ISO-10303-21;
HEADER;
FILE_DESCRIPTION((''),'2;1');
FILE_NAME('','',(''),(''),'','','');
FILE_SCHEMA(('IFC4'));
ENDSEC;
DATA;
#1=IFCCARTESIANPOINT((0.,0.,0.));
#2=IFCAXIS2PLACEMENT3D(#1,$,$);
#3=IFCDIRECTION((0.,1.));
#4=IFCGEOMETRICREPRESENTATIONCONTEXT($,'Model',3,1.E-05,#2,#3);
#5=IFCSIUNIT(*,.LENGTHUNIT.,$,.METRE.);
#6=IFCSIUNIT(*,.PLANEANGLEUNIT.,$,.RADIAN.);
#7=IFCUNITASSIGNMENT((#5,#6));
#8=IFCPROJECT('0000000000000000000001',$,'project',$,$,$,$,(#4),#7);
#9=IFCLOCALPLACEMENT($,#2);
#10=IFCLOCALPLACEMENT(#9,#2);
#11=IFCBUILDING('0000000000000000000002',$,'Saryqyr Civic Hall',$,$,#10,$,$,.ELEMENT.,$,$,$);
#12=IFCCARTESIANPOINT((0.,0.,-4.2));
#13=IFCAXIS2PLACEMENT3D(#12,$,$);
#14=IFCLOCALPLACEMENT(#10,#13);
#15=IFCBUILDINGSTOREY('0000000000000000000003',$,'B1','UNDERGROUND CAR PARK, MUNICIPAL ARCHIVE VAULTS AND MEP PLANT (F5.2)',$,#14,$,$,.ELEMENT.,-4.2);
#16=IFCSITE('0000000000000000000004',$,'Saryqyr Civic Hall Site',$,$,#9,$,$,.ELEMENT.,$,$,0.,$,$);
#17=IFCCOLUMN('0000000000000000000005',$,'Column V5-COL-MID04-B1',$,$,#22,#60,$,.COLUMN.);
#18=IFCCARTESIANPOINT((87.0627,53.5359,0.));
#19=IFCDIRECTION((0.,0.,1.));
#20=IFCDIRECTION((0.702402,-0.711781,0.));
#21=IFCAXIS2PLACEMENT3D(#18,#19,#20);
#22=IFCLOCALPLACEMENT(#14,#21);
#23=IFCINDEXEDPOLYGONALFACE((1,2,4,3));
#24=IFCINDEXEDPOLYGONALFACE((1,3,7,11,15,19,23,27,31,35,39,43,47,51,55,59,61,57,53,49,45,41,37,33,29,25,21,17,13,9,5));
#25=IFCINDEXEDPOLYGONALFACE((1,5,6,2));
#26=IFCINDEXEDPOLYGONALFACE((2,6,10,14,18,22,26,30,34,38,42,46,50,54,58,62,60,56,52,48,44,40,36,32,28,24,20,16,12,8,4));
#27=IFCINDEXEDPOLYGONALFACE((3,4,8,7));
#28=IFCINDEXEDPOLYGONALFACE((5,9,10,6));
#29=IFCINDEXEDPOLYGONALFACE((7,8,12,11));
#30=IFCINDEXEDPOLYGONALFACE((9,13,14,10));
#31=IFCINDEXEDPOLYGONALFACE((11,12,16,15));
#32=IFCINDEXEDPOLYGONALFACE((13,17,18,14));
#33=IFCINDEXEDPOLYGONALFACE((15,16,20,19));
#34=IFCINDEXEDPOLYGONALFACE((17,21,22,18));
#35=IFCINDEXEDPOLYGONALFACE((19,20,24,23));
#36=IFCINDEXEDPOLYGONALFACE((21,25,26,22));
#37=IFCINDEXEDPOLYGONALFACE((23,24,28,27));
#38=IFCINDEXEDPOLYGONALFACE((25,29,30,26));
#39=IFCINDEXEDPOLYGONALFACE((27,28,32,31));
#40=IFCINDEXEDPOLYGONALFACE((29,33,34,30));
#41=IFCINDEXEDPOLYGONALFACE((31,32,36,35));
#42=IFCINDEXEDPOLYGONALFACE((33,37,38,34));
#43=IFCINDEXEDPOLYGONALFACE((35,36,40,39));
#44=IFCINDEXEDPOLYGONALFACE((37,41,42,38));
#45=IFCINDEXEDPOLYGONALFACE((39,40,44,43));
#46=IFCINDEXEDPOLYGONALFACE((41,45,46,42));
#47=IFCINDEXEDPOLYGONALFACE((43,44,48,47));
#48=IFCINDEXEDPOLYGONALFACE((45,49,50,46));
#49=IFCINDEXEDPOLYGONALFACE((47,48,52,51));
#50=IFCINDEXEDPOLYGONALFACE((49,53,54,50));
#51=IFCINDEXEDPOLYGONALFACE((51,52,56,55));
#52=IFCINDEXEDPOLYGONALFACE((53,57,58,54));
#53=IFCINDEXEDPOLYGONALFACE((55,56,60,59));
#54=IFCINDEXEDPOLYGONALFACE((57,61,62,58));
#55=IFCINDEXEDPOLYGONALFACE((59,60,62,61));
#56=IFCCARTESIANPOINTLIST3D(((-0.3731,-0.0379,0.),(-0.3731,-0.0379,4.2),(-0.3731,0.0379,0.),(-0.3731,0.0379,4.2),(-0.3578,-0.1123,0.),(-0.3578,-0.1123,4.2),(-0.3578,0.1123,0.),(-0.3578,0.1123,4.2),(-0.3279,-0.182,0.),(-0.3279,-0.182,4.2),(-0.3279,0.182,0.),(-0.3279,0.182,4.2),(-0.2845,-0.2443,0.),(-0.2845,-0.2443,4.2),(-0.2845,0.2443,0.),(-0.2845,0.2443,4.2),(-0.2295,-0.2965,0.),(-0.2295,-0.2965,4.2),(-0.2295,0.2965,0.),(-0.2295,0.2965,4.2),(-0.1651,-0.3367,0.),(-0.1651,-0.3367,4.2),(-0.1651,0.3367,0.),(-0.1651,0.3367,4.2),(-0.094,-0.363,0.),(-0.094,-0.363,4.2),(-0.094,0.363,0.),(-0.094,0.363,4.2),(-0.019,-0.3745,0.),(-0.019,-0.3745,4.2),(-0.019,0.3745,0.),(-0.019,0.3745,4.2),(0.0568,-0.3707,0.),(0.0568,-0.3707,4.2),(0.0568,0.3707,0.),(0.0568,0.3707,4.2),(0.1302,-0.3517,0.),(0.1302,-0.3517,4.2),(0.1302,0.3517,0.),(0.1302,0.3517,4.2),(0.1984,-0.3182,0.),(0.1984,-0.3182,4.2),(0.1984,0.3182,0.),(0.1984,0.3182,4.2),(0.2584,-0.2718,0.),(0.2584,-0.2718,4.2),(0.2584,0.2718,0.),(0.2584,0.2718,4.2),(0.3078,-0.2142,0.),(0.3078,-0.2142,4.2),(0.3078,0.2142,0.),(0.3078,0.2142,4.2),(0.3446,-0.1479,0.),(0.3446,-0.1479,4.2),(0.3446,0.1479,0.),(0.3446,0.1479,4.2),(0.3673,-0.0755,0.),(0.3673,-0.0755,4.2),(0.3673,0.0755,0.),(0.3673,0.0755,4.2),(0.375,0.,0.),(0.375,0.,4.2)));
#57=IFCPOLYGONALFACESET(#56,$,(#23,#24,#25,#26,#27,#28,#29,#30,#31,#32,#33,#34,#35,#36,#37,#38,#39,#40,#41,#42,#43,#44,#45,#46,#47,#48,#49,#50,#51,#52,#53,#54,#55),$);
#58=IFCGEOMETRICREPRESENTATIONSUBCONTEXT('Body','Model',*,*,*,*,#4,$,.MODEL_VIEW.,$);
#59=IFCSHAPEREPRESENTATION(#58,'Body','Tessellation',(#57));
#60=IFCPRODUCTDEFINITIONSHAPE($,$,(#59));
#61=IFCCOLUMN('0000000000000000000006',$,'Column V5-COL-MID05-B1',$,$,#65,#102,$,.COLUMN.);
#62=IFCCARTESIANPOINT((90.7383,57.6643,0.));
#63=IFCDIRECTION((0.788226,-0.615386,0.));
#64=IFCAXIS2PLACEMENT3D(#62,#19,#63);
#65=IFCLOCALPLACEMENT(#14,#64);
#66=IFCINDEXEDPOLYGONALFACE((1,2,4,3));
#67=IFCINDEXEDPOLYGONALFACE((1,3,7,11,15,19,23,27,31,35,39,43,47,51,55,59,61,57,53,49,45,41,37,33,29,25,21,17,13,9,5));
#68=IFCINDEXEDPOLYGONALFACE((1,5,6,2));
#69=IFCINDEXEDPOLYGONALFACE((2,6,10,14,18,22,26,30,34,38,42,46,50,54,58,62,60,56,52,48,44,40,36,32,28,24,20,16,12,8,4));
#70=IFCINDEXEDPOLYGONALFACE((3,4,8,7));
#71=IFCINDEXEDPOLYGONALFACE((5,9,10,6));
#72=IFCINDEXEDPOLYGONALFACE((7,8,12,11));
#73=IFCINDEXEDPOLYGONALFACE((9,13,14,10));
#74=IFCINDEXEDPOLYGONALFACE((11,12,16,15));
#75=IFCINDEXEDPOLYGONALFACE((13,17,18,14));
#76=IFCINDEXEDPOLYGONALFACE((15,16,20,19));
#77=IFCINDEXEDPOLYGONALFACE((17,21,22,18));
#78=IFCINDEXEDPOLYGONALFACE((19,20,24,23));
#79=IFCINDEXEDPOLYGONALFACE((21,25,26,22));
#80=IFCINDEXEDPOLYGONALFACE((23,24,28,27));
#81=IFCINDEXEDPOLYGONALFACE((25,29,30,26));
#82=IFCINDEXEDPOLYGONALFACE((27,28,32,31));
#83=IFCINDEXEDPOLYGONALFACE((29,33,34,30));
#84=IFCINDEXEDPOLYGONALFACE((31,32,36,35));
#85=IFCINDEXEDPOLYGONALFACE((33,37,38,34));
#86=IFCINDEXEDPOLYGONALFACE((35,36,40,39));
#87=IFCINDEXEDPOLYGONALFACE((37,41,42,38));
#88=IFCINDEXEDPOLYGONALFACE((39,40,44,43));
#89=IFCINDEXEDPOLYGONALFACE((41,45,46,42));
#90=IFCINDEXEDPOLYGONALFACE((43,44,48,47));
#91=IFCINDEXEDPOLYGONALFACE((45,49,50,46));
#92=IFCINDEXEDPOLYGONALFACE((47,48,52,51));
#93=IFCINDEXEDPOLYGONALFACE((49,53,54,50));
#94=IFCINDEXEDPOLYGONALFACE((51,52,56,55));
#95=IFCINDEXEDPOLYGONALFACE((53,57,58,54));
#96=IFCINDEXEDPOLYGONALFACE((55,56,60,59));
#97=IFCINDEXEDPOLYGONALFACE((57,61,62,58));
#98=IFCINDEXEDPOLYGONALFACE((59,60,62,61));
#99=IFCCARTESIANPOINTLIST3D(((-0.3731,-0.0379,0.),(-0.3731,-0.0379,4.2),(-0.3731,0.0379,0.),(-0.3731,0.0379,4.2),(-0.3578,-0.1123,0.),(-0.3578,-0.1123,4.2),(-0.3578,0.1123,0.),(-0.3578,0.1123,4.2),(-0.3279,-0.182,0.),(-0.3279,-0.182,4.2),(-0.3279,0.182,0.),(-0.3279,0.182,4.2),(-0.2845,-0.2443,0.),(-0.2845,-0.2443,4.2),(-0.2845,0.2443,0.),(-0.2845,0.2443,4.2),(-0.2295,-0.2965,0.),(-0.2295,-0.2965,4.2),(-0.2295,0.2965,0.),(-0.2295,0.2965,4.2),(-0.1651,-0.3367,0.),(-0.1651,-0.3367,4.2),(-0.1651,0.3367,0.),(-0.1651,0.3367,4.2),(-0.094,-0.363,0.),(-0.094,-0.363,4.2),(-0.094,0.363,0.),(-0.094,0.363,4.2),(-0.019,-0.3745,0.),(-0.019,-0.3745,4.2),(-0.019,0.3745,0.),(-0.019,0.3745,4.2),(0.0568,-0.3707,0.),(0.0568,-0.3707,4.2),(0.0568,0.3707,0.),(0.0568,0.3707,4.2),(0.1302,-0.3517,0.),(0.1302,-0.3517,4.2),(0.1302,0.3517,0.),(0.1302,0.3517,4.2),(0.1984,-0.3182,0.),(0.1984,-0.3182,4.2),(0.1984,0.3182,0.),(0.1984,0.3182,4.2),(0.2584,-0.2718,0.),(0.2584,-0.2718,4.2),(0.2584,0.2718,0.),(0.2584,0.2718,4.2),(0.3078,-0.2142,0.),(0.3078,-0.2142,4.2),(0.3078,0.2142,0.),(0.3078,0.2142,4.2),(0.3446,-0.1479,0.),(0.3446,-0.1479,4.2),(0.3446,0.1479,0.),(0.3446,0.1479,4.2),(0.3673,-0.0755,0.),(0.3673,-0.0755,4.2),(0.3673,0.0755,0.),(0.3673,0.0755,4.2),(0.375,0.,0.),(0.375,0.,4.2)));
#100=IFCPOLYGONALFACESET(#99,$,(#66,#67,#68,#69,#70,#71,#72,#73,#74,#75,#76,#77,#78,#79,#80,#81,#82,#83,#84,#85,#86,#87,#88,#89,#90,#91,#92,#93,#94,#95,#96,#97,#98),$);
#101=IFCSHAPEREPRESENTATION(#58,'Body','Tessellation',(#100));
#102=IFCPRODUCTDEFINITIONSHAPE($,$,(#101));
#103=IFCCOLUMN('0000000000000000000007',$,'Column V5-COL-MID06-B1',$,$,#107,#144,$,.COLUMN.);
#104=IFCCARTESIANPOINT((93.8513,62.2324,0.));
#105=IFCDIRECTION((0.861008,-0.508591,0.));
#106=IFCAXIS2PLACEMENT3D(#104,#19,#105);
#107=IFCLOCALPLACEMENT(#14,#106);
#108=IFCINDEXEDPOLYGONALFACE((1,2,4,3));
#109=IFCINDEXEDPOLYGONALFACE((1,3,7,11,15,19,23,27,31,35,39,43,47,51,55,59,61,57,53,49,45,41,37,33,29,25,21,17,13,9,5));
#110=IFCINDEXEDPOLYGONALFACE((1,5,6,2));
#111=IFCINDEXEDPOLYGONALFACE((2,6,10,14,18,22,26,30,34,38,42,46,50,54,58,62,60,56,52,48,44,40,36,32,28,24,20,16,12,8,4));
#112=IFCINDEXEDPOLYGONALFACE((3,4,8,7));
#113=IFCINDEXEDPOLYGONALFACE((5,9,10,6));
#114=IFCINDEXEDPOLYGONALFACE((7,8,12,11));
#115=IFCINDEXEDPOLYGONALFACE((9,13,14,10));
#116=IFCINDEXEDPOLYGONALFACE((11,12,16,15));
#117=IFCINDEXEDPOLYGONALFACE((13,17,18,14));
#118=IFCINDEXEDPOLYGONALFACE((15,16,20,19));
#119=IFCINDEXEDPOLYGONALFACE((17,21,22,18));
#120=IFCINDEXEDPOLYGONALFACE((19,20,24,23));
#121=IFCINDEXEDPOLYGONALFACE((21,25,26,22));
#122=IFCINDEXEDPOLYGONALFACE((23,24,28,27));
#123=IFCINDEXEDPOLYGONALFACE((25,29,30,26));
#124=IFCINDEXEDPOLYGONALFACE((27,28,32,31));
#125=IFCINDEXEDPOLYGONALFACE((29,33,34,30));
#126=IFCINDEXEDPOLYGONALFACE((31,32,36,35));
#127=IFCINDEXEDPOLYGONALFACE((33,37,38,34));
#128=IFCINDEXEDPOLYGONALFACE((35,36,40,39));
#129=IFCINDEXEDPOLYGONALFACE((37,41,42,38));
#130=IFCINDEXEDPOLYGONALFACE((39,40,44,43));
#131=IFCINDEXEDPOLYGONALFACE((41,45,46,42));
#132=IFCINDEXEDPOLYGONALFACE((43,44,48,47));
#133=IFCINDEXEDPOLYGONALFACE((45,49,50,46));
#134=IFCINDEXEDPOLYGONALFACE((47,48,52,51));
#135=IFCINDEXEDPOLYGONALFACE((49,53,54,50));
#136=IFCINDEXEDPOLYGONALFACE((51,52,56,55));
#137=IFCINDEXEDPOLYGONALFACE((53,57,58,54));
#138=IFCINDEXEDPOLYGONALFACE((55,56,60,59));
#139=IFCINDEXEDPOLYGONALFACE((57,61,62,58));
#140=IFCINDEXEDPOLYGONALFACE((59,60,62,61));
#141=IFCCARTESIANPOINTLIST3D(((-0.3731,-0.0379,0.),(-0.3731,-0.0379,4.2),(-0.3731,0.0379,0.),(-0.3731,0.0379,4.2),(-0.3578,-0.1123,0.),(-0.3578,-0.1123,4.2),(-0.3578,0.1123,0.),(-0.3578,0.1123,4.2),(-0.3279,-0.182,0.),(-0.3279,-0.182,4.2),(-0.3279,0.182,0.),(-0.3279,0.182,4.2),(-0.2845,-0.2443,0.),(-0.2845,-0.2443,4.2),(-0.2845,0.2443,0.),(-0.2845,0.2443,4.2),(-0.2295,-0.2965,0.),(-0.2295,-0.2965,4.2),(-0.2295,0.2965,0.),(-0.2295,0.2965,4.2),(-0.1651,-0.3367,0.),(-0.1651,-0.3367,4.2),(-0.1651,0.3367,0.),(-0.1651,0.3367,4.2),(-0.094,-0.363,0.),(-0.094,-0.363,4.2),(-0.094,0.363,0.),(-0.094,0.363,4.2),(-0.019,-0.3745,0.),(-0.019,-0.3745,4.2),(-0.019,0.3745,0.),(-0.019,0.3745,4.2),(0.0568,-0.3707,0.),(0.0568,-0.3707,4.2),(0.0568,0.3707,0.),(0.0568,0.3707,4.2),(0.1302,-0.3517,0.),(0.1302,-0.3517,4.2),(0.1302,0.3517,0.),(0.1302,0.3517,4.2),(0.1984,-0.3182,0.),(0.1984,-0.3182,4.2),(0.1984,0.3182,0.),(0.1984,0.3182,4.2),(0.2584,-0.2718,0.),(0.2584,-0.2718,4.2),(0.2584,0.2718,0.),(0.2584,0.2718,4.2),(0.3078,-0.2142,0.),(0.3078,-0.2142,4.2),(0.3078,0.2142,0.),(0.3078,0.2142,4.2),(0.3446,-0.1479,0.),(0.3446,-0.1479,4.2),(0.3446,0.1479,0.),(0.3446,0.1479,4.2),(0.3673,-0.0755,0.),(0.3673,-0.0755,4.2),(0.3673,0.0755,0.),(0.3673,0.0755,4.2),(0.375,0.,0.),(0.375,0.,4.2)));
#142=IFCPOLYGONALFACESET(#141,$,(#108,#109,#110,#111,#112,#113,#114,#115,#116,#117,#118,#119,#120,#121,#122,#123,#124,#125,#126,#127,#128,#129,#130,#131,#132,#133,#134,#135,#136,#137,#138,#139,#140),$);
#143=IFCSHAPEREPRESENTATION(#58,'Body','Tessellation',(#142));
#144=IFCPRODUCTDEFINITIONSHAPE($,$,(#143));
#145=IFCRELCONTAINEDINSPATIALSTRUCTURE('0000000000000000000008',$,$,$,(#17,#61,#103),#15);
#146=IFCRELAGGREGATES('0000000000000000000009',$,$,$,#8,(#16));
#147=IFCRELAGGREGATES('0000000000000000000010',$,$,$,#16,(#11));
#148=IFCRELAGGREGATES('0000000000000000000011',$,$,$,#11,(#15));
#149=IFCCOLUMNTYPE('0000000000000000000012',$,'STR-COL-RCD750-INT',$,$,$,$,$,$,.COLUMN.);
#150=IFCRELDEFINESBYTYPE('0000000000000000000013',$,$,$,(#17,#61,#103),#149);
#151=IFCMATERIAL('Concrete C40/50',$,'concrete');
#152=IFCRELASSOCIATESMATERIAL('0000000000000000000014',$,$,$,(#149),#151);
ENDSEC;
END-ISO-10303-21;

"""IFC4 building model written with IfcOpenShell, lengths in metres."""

from ifc_helpers import new_model, si_unit, direction, frame, origin, origin_2d, place, context, subcontext, project, spatial, circle, extrude, material, material_profile, profile_set, type_object, element, save


model = new_model("IFC4")

# Units and contexts
model_context = context("Model", 3, precision=1e-05, world=origin(), true_north=direction((0.0, 1.0)))
body_context = subcontext(model_context, "Body", "Model", "MODEL_VIEW")
ifc_project = project(units=[si_unit("LENGTHUNIT", "METRE"), si_unit("PLANEANGLEUNIT", "RADIAN")], contexts=[model_context])

# Site, building, storey
site_placement = place(None, origin())
site = spatial("IfcSite", under=ifc_project, at=site_placement, Name="Saryqyr Civic Hall Site", CompositionType="ELEMENT", RefElevation=0.0)
building_placement = place(site_placement, origin())
building = spatial("IfcBuilding", under=site, at=building_placement, Name="Saryqyr Civic Hall", CompositionType="ELEMENT")
storey_placement = place(building_placement, frame((0.0, 0.0, -4.2)))
storey = spatial("IfcBuildingStorey", under=building, at=storey_placement, Name="B1", Description="UNDERGROUND CAR PARK, MUNICIPAL ARCHIVE VAULTS AND MEP PLANT (F5.2)", CompositionType="ELEMENT", Elevation=-4.2)

# Columns
ifc_material_1 = material(Name="Concrete C40/50", Category="concrete")
ifc_material_profile_1 = material_profile(ifc_material_1, circle(Radius=0.375, at=origin_2d()), Name="RC D750")
ifc_profile_set_1 = profile_set([ifc_material_profile_1], Name="Concrete C40/50")
column_type_1 = type_object("IfcColumnType", Name="STR-COL-RCD750-INT", PredefinedType="COLUMN", material=ifc_profile_set_1)
for number, where, z_axis, x_axis, name in (
    (1, (87.0627, 53.5359, 0.0), (0.0, 0.0, 1.0), (0.702402, -0.711781, 0.0), "Column V5-COL-MID04-B1"),
    (2, (90.7383, 57.6643, 0.0), (0.0, 0.0, 1.0), (0.788226, -0.615386, 0.0), "Column V5-COL-MID05-B1"),
    (3, (93.8513, 62.2324, 0.0), (0.0, 0.0, 1.0), (0.861008, -0.508591, 0.0), "Column V5-COL-MID06-B1"),
):
    element("IfcColumn", number, at=place(storey_placement, frame(where, z_axis=z_axis, x_axis=x_axis)), inside=storey, type_object=column_type_1, Name=name, PredefinedType="COLUMN", context=body_context, shape_type="SweptSolid", body=[
        extrude(circle(Radius=0.375, at=origin_2d()), origin(), (0.0, 0.0, 1.0), 4.2),
    ])

save(model, "model.ifc")
